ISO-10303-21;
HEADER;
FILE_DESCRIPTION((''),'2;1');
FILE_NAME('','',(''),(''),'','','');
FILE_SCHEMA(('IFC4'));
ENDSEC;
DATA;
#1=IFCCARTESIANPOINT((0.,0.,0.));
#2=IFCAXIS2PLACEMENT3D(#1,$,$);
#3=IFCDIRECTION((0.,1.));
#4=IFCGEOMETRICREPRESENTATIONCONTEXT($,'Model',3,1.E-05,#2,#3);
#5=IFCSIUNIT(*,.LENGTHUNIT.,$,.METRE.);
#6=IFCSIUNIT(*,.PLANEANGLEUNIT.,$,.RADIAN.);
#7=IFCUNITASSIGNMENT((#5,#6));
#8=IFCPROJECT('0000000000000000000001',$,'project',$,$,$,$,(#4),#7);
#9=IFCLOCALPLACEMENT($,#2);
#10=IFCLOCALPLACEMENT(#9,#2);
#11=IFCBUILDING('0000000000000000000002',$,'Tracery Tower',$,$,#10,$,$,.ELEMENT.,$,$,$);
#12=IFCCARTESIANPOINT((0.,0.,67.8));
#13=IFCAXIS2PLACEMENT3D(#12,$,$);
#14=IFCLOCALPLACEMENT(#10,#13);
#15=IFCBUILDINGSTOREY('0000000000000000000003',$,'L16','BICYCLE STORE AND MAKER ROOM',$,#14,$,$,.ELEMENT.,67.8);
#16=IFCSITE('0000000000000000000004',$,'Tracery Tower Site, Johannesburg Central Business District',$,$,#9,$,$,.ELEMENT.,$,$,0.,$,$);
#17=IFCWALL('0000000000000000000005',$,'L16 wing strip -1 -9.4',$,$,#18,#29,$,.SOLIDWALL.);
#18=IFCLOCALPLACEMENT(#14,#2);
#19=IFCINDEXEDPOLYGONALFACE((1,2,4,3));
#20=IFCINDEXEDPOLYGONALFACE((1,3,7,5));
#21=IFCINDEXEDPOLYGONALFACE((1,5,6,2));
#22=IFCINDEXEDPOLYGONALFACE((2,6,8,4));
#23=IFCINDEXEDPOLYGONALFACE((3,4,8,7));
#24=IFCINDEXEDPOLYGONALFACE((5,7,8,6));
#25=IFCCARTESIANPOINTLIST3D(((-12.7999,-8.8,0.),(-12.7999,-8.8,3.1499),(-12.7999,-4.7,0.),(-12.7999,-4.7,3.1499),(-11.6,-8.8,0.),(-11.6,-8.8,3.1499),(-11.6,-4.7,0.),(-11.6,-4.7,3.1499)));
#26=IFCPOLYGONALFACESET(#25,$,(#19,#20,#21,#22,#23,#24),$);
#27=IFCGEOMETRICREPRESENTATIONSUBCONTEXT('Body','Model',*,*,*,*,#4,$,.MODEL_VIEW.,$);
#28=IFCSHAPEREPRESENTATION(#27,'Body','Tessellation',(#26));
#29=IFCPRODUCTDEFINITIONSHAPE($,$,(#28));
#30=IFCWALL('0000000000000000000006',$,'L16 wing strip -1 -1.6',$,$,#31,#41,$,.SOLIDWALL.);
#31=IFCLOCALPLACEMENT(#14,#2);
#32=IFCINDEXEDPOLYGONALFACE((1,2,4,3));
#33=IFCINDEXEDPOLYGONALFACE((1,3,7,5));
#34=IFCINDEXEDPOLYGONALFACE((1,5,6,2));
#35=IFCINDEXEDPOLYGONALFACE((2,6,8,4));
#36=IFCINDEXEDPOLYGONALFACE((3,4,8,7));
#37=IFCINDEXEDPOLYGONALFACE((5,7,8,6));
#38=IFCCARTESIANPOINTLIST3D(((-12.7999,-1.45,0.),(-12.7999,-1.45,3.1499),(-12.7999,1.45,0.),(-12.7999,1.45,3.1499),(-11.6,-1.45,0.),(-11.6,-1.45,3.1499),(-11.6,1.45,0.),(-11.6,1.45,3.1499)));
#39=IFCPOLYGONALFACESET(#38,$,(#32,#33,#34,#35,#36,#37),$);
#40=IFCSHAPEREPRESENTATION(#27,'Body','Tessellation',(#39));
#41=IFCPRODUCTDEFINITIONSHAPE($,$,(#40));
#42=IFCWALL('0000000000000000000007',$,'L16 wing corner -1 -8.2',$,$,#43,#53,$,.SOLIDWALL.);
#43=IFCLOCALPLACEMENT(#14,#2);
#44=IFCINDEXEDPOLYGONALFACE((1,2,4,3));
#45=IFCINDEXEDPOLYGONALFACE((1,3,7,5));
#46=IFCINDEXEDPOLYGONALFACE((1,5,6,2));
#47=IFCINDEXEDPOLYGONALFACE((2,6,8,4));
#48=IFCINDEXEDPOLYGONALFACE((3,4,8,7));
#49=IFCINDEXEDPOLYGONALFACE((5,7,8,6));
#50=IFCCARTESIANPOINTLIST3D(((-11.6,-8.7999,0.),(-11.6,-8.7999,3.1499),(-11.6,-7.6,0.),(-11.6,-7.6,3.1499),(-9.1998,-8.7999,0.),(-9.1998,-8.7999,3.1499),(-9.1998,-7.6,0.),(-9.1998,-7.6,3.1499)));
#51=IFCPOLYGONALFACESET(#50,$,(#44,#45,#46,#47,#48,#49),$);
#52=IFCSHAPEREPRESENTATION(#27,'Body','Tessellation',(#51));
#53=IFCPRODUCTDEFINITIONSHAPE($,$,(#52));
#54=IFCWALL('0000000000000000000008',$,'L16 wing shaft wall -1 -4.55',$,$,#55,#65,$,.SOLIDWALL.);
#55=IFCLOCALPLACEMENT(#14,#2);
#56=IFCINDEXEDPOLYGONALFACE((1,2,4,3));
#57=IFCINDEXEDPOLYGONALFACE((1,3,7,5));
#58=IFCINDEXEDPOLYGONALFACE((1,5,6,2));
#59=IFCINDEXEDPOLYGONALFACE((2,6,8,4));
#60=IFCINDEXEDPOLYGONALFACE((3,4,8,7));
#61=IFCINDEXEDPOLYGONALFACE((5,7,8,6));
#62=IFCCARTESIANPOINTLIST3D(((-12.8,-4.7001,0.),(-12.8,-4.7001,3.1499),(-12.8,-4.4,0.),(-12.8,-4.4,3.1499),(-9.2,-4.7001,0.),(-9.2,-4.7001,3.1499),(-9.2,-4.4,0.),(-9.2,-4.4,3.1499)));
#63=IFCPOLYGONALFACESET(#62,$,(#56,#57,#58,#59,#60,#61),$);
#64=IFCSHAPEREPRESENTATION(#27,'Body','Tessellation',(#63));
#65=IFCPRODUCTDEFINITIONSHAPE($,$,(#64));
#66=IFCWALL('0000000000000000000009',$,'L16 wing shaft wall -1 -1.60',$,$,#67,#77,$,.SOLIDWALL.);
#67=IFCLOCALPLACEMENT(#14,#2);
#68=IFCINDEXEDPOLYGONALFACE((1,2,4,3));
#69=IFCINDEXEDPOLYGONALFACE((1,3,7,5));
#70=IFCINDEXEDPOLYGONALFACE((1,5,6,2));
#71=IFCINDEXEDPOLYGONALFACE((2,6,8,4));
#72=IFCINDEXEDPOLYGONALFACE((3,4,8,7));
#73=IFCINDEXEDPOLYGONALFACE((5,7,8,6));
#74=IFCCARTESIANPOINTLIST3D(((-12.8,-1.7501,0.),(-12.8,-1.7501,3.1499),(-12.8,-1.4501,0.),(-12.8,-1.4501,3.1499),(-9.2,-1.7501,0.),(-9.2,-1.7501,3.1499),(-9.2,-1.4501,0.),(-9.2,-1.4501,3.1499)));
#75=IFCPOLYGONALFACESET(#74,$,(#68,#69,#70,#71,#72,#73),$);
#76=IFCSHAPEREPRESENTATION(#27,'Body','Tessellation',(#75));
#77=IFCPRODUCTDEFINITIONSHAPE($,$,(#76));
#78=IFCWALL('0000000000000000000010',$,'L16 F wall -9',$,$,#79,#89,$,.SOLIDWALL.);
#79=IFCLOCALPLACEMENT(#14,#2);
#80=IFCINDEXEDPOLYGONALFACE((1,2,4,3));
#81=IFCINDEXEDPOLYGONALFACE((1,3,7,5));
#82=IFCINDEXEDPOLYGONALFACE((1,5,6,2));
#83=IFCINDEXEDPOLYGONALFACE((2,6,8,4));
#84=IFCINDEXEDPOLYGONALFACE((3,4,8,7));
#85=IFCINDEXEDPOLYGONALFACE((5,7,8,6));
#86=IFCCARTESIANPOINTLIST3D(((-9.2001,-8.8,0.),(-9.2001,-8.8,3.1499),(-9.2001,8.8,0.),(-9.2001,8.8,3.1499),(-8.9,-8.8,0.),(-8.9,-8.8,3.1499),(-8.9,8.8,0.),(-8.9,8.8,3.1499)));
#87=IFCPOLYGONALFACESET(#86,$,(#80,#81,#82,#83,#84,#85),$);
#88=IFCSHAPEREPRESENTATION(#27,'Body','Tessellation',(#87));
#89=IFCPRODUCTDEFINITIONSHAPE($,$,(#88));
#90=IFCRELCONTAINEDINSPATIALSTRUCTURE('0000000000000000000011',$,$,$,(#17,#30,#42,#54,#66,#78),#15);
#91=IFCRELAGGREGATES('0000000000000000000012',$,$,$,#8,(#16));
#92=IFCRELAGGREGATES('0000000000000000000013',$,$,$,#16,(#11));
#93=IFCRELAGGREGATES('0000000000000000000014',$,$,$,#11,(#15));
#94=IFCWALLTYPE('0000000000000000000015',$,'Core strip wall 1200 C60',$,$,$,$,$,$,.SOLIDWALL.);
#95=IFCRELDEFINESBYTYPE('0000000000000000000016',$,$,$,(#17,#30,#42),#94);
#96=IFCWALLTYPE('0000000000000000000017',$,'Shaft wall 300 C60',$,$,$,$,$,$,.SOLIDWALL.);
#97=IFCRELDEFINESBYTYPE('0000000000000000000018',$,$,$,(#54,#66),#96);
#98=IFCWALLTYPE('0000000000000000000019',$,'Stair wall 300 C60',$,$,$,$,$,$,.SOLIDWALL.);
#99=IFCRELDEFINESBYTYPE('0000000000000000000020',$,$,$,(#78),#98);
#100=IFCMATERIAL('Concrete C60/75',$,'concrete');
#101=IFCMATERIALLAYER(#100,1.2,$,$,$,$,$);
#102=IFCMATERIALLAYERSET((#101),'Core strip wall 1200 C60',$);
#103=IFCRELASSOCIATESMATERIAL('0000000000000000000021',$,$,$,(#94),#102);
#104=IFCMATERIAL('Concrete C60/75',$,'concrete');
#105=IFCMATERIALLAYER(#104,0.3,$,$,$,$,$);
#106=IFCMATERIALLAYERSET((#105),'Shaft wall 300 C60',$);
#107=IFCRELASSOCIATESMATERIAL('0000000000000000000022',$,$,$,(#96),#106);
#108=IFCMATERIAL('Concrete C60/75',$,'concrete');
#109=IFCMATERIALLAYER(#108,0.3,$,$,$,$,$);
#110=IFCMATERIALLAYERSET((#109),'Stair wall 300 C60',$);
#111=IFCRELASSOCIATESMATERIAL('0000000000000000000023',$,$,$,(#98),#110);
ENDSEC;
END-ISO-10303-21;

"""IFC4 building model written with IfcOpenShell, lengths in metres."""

from ifc_helpers import new_model, si_unit, direction, frame, frame_2d, origin, place, context, subcontext, project, spatial, rectangle, extrude, material, layer, layer_set, type_object, element, save


model = new_model("IFC4")

# Units and contexts
model_context = context("Model", 3, precision=1e-05, world=origin(), true_north=direction((0.0, 1.0)))
body_context = subcontext(model_context, "Body", "Model", "MODEL_VIEW")
ifc_project = project(units=[si_unit("LENGTHUNIT", "METRE"), si_unit("PLANEANGLEUNIT", "RADIAN")], contexts=[model_context])

# Site, building, storey
site_placement = place(None, origin())
site = spatial("IfcSite", under=ifc_project, at=site_placement, Name="Tracery Tower Site, Johannesburg Central Business District", CompositionType="ELEMENT", RefElevation=0.0)
building_placement = place(site_placement, origin())
building = spatial("IfcBuilding", under=site, at=building_placement, Name="Tracery Tower", CompositionType="ELEMENT")
storey_placement = place(building_placement, frame((0.0, 0.0, 67.8)))
storey = spatial("IfcBuildingStorey", under=building, at=storey_placement, Name="L16", Description="BICYCLE STORE AND MAKER ROOM", CompositionType="ELEMENT", Elevation=67.8)

# Walls
ifc_material_1 = material(Name="Concrete C60/75", Category="concrete")
ifc_layer_1 = layer(ifc_material_1, 1.2)
ifc_layer_set_1 = layer_set([ifc_layer_1], Name="Core strip wall 1200 C60")
wall_type_1 = type_object("IfcWallType", Name="Core strip wall 1200 C60", PredefinedType="SOLIDWALL", material=ifc_layer_set_1)
wall_1_placement = place(storey_placement, frame((-12.2, -8.8, 0.0), z_axis=(0.0, 0.0, 1.0), x_axis=(0.0, 1.0, 0.0)))
element("IfcWall", 1, at=wall_1_placement, inside=storey, type_object=wall_type_1, Name="L16 wing strip -1 -9.4", PredefinedType="SOLIDWALL", context=body_context, shape_type="SweptSolid", body=[
    extrude(rectangle(XDim=4.1001, YDim=1.2, at=frame_2d((2.05, 0.0))), origin(), (0.0, 0.0, 1.0), 3.1499),
])
wall_2_placement = place(storey_placement, frame((-12.2, -1.45, 0.0), z_axis=(0.0, 0.0, 1.0), x_axis=(0.0, 1.0, 0.0)))
element("IfcWall", 2, at=wall_2_placement, inside=storey, type_object=wall_type_1, Name="L16 wing strip -1 -1.6", PredefinedType="SOLIDWALL", context=body_context, shape_type="SweptSolid", body=[
    extrude(rectangle(XDim=2.8999, YDim=1.2, at=frame_2d((1.45, 0.0))), origin(), (0.0, 0.0, 1.0), 3.1499),
])
wall_3_placement = place(storey_placement, frame((-11.6001, -8.2, 0.0), z_axis=(0.0, 0.0, 1.0), x_axis=(1.0, 0.0, 0.0)))
element("IfcWall", 3, at=wall_3_placement, inside=storey, type_object=wall_type_1, Name="L16 wing corner -1 -8.2", PredefinedType="SOLIDWALL", context=body_context, shape_type="SweptSolid", body=[
    extrude(rectangle(XDim=2.4001, YDim=1.2, at=frame_2d((1.2002, 0.0))), origin(), (0.0, 0.0, 1.0), 3.1499),
])

# Walls
ifc_material_2 = material(Name="Concrete C60/75", Category="concrete")
ifc_layer_2 = layer(ifc_material_2, 0.3)
ifc_layer_set_2 = layer_set([ifc_layer_2], Name="Shaft wall 300 C60")
wall_type_2 = type_object("IfcWallType", Name="Shaft wall 300 C60", PredefinedType="SOLIDWALL", material=ifc_layer_set_2)
for number, where, z_axis, x_axis, name in (
    (4, (-12.8, -4.55, 0.0), (0.0, 0.0, 1.0), (1.0, 0.0, 0.0), "L16 wing shaft wall -1 -4.55"),
    (5, (-12.8, -1.6001, 0.0), (0.0, 0.0, 1.0), (1.0, 0.0, 0.0), "L16 wing shaft wall -1 -1.60"),
):
    element("IfcWall", number, at=place(storey_placement, frame(where, z_axis=z_axis, x_axis=x_axis)), inside=storey, type_object=wall_type_2, Name=name, PredefinedType="SOLIDWALL", context=body_context, shape_type="SweptSolid", body=[
        extrude(rectangle(XDim=3.6001, YDim=0.3, at=frame_2d((1.8, 0.0))), origin(), (0.0, 0.0, 1.0), 3.1499),
    ])

# Shared definitions
ifc_material_3 = material(Name="Concrete C60/75", Category="concrete")
ifc_layer_3 = layer(ifc_material_3, 0.3)
ifc_layer_set_3 = layer_set([ifc_layer_3], Name="Stair wall 300 C60")
wall_type_3 = type_object("IfcWallType", Name="Stair wall 300 C60", PredefinedType="SOLIDWALL", material=ifc_layer_set_3)

# Wall
wall_4_placement = place(storey_placement, frame((-9.05, -8.8, 0.0), z_axis=(0.0, 0.0, 1.0), x_axis=(0.0, 1.0, 0.0)))
element("IfcWall", 6, at=wall_4_placement, inside=storey, type_object=wall_type_3, Name="L16 F wall -9", PredefinedType="SOLIDWALL", context=body_context, shape_type="SweptSolid", body=[
    extrude(rectangle(XDim=17.6001, YDim=0.3, at=frame_2d((8.8, 0.0))), origin(), (0.0, 0.0, 1.0), 3.1499),
])

save(model, "model.ifc")
